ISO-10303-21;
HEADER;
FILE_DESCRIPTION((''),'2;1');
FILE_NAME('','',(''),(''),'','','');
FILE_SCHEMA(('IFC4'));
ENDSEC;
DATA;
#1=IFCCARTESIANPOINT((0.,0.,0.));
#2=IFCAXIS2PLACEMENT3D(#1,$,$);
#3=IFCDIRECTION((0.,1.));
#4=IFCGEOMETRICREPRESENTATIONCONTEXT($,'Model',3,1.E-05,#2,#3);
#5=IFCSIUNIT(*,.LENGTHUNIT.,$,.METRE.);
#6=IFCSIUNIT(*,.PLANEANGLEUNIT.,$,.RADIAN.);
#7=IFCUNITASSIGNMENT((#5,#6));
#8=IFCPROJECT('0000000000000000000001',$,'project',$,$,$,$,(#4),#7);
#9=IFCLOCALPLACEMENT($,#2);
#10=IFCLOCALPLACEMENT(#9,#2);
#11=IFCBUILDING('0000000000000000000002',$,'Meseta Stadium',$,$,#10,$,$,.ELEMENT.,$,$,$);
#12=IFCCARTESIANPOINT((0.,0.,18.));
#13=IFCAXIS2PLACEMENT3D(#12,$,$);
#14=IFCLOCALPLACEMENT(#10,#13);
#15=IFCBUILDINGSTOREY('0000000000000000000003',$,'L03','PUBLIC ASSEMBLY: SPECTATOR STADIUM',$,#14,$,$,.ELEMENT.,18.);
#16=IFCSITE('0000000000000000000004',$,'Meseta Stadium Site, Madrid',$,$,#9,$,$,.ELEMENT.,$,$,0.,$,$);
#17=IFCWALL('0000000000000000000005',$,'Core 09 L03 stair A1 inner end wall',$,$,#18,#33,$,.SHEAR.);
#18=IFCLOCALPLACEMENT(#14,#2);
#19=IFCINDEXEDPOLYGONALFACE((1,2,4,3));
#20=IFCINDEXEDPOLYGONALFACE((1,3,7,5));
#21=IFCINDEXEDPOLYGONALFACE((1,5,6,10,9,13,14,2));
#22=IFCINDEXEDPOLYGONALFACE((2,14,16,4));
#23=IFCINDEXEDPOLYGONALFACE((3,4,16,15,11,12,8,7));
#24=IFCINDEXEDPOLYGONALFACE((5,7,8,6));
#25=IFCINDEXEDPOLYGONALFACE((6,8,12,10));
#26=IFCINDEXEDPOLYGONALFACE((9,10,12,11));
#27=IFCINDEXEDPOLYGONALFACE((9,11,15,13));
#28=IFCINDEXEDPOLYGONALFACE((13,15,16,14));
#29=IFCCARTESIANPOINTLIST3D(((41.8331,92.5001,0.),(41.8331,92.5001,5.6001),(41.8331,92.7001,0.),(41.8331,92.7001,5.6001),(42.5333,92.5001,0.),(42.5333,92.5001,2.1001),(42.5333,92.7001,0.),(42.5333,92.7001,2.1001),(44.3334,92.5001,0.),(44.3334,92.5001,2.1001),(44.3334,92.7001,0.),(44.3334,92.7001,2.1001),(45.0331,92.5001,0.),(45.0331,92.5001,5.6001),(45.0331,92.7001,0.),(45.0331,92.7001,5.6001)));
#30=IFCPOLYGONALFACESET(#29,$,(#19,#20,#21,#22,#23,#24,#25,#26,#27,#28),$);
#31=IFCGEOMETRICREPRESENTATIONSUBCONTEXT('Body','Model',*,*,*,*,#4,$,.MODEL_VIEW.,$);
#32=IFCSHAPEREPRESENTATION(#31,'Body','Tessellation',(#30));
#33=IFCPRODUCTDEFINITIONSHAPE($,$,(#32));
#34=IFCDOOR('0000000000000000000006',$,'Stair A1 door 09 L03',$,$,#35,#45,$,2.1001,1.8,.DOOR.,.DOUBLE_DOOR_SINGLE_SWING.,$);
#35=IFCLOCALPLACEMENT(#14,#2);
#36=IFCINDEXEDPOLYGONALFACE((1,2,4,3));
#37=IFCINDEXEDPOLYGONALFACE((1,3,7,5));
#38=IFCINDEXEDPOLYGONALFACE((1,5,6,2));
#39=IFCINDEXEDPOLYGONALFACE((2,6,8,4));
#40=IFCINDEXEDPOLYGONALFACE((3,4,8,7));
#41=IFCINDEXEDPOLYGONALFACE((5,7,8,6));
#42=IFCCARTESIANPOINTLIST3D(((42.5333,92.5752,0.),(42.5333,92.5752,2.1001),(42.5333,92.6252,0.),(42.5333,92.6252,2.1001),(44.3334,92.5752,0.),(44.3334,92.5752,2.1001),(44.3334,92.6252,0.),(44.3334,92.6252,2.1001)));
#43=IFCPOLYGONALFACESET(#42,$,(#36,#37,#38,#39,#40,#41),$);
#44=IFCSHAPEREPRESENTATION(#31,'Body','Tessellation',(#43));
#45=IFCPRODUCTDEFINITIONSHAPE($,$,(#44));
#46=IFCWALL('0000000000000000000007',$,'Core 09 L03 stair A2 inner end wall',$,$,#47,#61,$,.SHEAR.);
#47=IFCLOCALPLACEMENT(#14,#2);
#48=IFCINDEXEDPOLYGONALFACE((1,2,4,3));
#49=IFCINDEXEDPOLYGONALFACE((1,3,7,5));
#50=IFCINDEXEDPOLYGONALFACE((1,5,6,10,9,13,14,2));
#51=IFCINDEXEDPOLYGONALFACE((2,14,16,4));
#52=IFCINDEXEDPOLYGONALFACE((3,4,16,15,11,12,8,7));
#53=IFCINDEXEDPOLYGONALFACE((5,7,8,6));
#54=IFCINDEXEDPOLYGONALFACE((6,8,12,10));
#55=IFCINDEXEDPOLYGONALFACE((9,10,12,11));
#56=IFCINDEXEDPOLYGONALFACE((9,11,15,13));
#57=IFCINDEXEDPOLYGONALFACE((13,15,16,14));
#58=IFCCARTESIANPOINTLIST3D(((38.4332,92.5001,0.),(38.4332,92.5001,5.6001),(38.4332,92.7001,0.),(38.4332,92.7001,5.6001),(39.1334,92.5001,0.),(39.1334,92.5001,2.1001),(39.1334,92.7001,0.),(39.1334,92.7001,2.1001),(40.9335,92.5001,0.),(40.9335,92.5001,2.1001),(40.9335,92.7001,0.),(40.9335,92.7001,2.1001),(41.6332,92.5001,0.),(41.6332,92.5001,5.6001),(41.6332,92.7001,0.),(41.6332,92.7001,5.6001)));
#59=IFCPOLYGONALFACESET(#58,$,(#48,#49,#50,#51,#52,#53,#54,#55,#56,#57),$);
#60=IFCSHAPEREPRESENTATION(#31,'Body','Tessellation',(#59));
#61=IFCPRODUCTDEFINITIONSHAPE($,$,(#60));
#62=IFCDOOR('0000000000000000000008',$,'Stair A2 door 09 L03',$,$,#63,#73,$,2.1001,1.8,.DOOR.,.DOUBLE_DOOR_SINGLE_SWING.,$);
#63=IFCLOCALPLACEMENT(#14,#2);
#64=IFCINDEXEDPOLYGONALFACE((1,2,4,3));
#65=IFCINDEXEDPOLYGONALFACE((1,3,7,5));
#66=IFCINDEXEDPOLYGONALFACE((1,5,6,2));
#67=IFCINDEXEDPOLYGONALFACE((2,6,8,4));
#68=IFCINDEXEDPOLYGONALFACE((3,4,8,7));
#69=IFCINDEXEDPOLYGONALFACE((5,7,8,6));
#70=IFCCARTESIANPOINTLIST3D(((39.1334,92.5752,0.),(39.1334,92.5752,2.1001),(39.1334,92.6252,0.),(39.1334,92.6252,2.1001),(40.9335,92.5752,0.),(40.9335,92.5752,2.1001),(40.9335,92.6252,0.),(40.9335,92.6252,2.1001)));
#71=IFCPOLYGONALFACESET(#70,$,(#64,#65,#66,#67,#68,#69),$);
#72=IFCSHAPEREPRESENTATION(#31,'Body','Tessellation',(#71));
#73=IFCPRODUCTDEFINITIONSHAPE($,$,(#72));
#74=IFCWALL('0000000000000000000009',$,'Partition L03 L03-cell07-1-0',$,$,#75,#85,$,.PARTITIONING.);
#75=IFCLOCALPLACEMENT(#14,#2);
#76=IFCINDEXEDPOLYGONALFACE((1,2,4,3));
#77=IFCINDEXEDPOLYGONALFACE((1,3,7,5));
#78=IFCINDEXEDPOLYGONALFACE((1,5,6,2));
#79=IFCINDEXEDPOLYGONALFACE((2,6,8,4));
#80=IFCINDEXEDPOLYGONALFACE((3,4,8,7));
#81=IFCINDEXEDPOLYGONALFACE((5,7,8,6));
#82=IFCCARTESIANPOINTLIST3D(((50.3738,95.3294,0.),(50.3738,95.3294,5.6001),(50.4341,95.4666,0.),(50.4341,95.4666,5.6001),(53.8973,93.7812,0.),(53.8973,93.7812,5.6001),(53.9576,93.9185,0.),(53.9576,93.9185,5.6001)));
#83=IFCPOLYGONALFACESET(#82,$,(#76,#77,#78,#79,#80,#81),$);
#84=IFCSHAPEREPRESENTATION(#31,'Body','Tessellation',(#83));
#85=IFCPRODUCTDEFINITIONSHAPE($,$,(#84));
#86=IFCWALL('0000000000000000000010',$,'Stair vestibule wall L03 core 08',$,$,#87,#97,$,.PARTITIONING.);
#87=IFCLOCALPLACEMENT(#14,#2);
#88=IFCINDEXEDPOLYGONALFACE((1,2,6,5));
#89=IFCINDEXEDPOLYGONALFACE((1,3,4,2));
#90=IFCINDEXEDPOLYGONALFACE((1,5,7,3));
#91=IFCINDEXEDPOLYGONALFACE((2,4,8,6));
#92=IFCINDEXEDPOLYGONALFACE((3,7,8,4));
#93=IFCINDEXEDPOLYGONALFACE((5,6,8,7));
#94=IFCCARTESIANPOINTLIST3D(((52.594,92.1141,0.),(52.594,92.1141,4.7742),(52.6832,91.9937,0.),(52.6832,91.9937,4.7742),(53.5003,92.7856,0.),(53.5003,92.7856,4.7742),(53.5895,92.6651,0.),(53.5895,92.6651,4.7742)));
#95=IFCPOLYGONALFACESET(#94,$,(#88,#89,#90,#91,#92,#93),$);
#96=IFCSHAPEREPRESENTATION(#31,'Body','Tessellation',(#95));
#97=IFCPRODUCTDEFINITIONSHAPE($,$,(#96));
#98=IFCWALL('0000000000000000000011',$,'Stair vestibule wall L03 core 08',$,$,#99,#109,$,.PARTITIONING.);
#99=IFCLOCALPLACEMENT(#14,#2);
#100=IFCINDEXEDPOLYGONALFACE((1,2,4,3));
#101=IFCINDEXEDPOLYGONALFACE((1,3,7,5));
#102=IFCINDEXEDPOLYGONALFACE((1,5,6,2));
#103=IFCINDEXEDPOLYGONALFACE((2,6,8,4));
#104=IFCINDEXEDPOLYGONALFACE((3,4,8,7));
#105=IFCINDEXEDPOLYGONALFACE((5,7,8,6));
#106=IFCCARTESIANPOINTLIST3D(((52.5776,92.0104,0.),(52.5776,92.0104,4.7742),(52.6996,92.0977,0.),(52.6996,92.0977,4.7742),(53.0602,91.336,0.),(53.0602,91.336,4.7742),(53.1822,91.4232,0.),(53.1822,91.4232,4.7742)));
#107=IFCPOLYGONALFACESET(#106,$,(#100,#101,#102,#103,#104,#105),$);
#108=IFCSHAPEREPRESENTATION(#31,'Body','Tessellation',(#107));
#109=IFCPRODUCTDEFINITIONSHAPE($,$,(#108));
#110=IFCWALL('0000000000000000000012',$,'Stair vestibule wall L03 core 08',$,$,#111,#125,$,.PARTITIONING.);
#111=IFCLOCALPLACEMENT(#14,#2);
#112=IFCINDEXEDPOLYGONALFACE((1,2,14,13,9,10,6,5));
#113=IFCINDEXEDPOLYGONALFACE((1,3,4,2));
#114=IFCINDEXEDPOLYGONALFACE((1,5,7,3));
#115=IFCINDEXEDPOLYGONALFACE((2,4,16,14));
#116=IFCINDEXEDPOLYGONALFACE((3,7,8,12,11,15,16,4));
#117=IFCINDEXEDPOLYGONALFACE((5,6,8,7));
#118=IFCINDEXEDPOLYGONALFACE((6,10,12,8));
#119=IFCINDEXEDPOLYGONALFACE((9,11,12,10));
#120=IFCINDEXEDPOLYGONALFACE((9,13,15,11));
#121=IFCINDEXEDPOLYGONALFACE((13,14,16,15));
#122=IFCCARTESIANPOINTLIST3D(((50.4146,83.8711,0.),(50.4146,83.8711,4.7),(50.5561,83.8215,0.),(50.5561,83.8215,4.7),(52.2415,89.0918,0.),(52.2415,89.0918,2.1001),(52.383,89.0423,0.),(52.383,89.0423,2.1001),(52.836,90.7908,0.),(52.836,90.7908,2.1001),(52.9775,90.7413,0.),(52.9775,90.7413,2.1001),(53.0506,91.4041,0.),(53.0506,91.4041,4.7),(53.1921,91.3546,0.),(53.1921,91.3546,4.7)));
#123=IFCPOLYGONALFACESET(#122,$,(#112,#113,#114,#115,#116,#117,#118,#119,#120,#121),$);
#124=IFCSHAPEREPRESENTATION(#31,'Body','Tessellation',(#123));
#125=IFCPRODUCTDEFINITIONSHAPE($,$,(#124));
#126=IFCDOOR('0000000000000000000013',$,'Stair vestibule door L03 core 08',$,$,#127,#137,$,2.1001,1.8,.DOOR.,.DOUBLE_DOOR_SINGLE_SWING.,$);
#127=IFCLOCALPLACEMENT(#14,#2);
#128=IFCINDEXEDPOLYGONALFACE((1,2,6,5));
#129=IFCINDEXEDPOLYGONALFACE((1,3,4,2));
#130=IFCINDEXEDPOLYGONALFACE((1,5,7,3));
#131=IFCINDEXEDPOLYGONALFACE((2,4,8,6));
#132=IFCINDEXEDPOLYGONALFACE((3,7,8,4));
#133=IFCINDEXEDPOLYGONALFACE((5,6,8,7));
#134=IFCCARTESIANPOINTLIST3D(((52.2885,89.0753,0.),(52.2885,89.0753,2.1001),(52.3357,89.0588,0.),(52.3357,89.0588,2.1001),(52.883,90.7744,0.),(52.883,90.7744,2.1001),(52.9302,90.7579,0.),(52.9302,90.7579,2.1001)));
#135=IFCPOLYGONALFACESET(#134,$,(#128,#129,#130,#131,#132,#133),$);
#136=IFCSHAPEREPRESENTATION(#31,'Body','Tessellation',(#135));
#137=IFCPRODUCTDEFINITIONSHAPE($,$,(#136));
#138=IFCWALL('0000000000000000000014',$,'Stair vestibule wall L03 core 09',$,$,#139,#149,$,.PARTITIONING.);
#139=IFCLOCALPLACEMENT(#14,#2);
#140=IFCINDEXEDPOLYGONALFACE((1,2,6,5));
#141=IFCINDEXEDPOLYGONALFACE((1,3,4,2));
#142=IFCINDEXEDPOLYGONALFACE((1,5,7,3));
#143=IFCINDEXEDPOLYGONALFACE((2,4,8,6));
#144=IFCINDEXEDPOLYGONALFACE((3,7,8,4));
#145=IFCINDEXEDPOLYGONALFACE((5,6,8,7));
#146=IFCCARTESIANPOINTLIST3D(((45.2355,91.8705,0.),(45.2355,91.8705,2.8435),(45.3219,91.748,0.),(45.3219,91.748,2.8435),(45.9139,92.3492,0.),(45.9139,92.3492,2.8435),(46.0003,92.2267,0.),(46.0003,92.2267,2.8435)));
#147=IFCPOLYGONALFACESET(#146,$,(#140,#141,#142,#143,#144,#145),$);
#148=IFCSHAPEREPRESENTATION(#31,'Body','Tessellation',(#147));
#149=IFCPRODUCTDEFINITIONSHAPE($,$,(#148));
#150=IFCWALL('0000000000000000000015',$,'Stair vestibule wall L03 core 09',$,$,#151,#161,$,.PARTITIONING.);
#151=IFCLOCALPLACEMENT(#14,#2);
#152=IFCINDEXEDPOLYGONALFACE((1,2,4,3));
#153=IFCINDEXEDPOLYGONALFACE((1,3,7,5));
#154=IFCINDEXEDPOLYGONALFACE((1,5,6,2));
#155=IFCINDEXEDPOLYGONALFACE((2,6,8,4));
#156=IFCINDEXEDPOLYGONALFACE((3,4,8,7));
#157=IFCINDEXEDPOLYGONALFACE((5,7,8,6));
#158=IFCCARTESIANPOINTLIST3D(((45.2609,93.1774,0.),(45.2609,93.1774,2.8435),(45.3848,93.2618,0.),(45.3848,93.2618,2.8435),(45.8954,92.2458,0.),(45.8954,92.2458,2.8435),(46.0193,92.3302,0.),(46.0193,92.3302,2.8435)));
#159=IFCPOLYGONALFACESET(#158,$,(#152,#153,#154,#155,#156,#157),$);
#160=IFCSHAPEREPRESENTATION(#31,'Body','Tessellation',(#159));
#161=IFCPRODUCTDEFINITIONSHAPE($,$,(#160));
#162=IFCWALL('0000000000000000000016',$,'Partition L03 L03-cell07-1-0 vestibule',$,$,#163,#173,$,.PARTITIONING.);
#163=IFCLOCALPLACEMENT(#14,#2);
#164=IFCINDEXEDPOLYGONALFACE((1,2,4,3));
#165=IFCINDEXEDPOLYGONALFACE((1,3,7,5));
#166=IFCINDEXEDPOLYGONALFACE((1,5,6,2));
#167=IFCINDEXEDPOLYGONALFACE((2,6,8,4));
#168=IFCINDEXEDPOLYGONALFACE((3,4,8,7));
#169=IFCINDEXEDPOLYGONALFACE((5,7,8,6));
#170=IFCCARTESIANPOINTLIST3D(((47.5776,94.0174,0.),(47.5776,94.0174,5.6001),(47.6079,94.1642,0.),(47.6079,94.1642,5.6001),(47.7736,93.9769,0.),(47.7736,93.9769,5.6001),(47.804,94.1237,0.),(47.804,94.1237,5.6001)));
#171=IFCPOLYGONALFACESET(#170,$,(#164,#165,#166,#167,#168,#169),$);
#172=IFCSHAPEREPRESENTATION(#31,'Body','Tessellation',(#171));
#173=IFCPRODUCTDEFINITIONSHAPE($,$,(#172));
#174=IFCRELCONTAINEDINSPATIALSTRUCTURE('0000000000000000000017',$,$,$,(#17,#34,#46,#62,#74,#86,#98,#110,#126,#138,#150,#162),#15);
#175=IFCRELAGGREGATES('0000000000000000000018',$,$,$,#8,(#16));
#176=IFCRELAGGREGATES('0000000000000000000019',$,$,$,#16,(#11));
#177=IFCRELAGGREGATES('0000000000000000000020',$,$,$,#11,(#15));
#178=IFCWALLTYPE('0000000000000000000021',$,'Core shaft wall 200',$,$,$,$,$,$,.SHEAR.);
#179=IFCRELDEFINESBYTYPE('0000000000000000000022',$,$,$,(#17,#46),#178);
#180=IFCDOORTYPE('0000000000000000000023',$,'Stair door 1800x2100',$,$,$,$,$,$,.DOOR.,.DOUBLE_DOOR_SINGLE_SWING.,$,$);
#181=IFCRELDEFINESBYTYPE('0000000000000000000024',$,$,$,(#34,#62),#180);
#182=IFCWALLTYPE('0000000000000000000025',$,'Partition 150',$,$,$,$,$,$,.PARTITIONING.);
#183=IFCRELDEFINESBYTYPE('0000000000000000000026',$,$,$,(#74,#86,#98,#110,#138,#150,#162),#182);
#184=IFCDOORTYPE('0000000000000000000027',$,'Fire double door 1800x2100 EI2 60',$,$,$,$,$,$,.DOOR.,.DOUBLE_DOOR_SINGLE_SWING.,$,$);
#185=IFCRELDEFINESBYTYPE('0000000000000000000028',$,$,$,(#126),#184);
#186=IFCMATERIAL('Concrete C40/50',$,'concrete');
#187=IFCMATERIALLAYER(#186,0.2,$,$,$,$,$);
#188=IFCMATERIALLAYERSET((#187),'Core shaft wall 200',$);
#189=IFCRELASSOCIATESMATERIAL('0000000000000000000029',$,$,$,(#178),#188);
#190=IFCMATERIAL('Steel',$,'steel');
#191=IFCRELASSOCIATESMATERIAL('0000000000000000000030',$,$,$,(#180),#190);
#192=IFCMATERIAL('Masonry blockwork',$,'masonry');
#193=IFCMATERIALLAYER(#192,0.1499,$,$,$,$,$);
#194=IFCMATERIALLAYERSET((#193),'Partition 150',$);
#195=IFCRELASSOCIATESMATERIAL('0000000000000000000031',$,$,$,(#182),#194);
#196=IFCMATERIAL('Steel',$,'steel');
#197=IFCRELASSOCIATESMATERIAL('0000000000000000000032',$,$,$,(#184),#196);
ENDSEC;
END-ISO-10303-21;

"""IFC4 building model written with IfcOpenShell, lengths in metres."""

from ifc_helpers import new_model, si_unit, direction, frame, frame_2d, origin, place, context, subcontext, project, spatial, rectangle, extrude, material, layer, layer_set, type_object, element, fill, save


model = new_model("IFC4")

# Units and contexts
model_context = context("Model", 3, precision=1e-05, world=origin(), true_north=direction((0.0, 1.0)))
body_context = subcontext(model_context, "Body", "Model", "MODEL_VIEW")
ifc_project = project(units=[si_unit("LENGTHUNIT", "METRE"), si_unit("PLANEANGLEUNIT", "RADIAN")], contexts=[model_context])

# Site, building, storey
site_placement = place(None, origin())
site = spatial("IfcSite", under=ifc_project, at=site_placement, Name="Meseta Stadium Site, Madrid", CompositionType="ELEMENT", RefElevation=0.0)
building_placement = place(site_placement, origin())
building = spatial("IfcBuilding", under=site, at=building_placement, Name="Meseta Stadium", CompositionType="ELEMENT")
storey_placement = place(building_placement, frame((0.0, 0.0, 18.0)))
storey = spatial("IfcBuildingStorey", under=building, at=storey_placement, Name="L03", Description="PUBLIC ASSEMBLY: SPECTATOR STADIUM", CompositionType="ELEMENT", Elevation=18.0)

# Walls, openings, doors
ifc_material_1 = material(Name="Concrete C40/50", Category="concrete")
ifc_layer_1 = layer(ifc_material_1, 0.2)
ifc_layer_set_1 = layer_set([ifc_layer_1], Name="Core shaft wall 200")
wall_type_1 = type_object("IfcWallType", Name="Core shaft wall 200", PredefinedType="SHEAR", material=ifc_layer_set_1)
wall_1_placement = place(storey_placement, frame((45.0332, 92.6001, 0.0), z_axis=(0.0, 0.0, 1.0), x_axis=(-1.0, 0.0, 0.0)))
wall_1 = element("IfcWall", 1, at=wall_1_placement, inside=storey, type_object=wall_type_1, Name="Core 09 L03 stair A1 inner end wall", PredefinedType="SHEAR", context=body_context, shape_type="SweptSolid", body=[
    extrude(rectangle(XDim=3.2, YDim=0.2, at=frame_2d((1.6001, 0.0))), origin(), (0.0, 0.0, 1.0), 5.6001),
])
opening_1_placement = place(wall_1_placement, frame((0.7, 0.0, 0.0)))
opening_1 = element("IfcOpeningElement", 2, at=opening_1_placement, cuts=wall_1, PredefinedType="OPENING", context=body_context, shape_type="SweptSolid", body=[
    extrude(rectangle(XDim=1.8, YDim=2.1001, at=frame_2d((0.8999, 1.05))), frame((0.0, 0.1099, 0.0), z_axis=(0.0, -1.0, 0.0), x_axis=(1.0, 0.0, 0.0)), (0.0, 0.0, 1.0), 0.22),
])
ifc_material_2 = material(Name="Steel", Category="steel")
door_type_1 = type_object("IfcDoorType", Name="Stair door 1800x2100", OperationType="DOUBLE_DOOR_SINGLE_SWING", PredefinedType="DOOR", material=ifc_material_2)
door_1_placement = place(opening_1_placement, origin())
door_1 = element("IfcDoor", 3, at=door_1_placement, inside=storey, type_object=door_type_1, Name="Stair A1 door 09 L03", OperationType="DOUBLE_DOOR_SINGLE_SWING", OverallHeight=2.1001, OverallWidth=1.8, PredefinedType="DOOR", context=body_context, shape_type="SweptSolid", body=[
    extrude(rectangle(XDim=1.8, YDim=2.1001, at=frame_2d((0.8999, 1.05))), frame((0.0, 0.0249, 0.0), z_axis=(0.0, -1.0, 0.0), x_axis=(1.0, 0.0, 0.0)), (0.0, 0.0, 1.0), 0.05),
])
fill(opening_1, door_1)
wall_2_placement = place(storey_placement, frame((41.6333, 92.6001, 0.0), z_axis=(0.0, 0.0, 1.0), x_axis=(-1.0, 0.0, 0.0)))
wall_2 = element("IfcWall", 4, at=wall_2_placement, inside=storey, type_object=wall_type_1, Name="Core 09 L03 stair A2 inner end wall", PredefinedType="SHEAR", context=body_context, shape_type="SweptSolid", body=[
    extrude(rectangle(XDim=3.2, YDim=0.2, at=frame_2d((1.6001, 0.0))), origin(), (0.0, 0.0, 1.0), 5.6001),
])
opening_2_placement = place(wall_2_placement, frame((0.7, 0.0, 0.0)))
opening_2 = element("IfcOpeningElement", 5, at=opening_2_placement, cuts=wall_2, PredefinedType="OPENING", context=body_context, shape_type="SweptSolid", body=[
    extrude(rectangle(XDim=1.8, YDim=2.1001, at=frame_2d((0.8999, 1.05))), frame((0.0, 0.1099, 0.0), z_axis=(0.0, -1.0, 0.0), x_axis=(1.0, 0.0, 0.0)), (0.0, 0.0, 1.0), 0.22),
])
door_2_placement = place(opening_2_placement, origin())
door_2 = element("IfcDoor", 6, at=door_2_placement, inside=storey, type_object=door_type_1, Name="Stair A2 door 09 L03", OperationType="DOUBLE_DOOR_SINGLE_SWING", OverallHeight=2.1001, OverallWidth=1.8, PredefinedType="DOOR", context=body_context, shape_type="SweptSolid", body=[
    extrude(rectangle(XDim=1.8, YDim=2.1001, at=frame_2d((0.8999, 1.05))), frame((0.0, 0.0249, 0.0), z_axis=(0.0, -1.0, 0.0), x_axis=(1.0, 0.0, 0.0)), (0.0, 0.0, 1.0), 0.05),
])
fill(opening_2, door_2)

# Walls
ifc_material_3 = material(Name="Masonry blockwork", Category="masonry")
ifc_layer_2 = layer(ifc_material_3, 0.1499)
ifc_layer_set_2 = layer_set([ifc_layer_2], Name="Partition 150")
wall_type_2 = type_object("IfcWallType", Name="Partition 150", PredefinedType="PARTITIONING", material=ifc_layer_set_2)
wall_3_placement = place(storey_placement, frame((53.9275, 93.8499, 0.0), z_axis=(0.0, 0.0, 1.0), x_axis=(-0.915527, 0.402256, 0.0)))
element("IfcWall", 7, at=wall_3_placement, inside=storey, type_object=wall_type_2, Name="Partition L03 L03-cell07-1-0", PredefinedType="PARTITIONING", context=body_context, shape_type="SweptSolid", body=[
    extrude(rectangle(XDim=3.8486, YDim=0.1499, at=frame_2d((1.9243, 0.0))), origin(), (0.0, 0.0, 1.0), 5.6001),
])
wall_4_placement = place(storey_placement, frame((53.5449, 92.7253, 0.0), z_axis=(0.0, 0.0, 1.0), x_axis=(-0.803519, -0.595279, 0.0)))
element("IfcWall", 8, at=wall_4_placement, inside=storey, type_object=wall_type_2, Name="Stair vestibule wall L03 core 08", PredefinedType="PARTITIONING", context=body_context, shape_type="SweptSolid", body=[
    extrude(rectangle(XDim=1.1279, YDim=0.1499, at=frame_2d((0.564, 0.0))), origin(), (0.0, 0.0, 1.0), 4.7742),
])
wall_5_placement = place(storey_placement, frame((52.6387, 92.054, 0.0), z_axis=(0.0, 0.0, 1.0), x_axis=(0.581906, -0.813256, 0.0)))
element("IfcWall", 9, at=wall_5_placement, inside=storey, type_object=wall_type_2, Name="Stair vestibule wall L03 core 08", PredefinedType="PARTITIONING", context=body_context, shape_type="SweptSolid", body=[
    extrude(rectangle(XDim=0.8293, YDim=0.1499, at=frame_2d((0.4146, 0.0))), origin(), (0.0, 0.0, 1.0), 4.7742),
])

# Wall, opening, door
wall_6_placement = place(storey_placement, frame((53.1213, 91.3794, 0.0), z_axis=(0.0, 0.0, 1.0), x_axis=(-0.33028, -0.943883, 0.0)))
wall_6 = element("IfcWall", 10, at=wall_6_placement, inside=storey, type_object=wall_type_2, Name="Stair vestibule wall L03 core 08", PredefinedType="PARTITIONING", context=body_context, shape_type="SweptSolid", body=[
    extrude(rectangle(XDim=7.981, YDim=0.1499, at=frame_2d((3.9905, 0.0))), origin(), (0.0, 0.0, 1.0), 4.7),
])
opening_3_placement = place(wall_6_placement, frame((0.6499, 0.0, 0.0)))
opening_3 = element("IfcOpeningElement", 11, at=opening_3_placement, cuts=wall_6, PredefinedType="OPENING", context=body_context, shape_type="SweptSolid", body=[
    extrude(rectangle(XDim=1.8, YDim=2.1001, at=frame_2d((0.8999, 1.05))), frame((0.0, 0.085, 0.0), z_axis=(0.0, -1.0, 0.0), x_axis=(1.0, 0.0, 0.0)), (0.0, 0.0, 1.0), 0.1699),
])
ifc_material_4 = material(Name="Steel", Category="steel")
door_type_2 = type_object("IfcDoorType", Name="Fire double door 1800x2100 EI2 60", OperationType="DOUBLE_DOOR_SINGLE_SWING", PredefinedType="DOOR", material=ifc_material_4)
door_3_placement = place(opening_3_placement, origin())
door_3 = element("IfcDoor", 12, at=door_3_placement, inside=storey, type_object=door_type_2, Name="Stair vestibule door L03 core 08", OperationType="DOUBLE_DOOR_SINGLE_SWING", OverallHeight=2.1001, OverallWidth=1.8, PredefinedType="DOOR", context=body_context, shape_type="SweptSolid", body=[
    extrude(rectangle(XDim=1.8, YDim=2.1001, at=frame_2d((0.8999, 1.05))), frame((0.0, 0.0249, 0.0), z_axis=(0.0, -1.0, 0.0), x_axis=(1.0, 0.0, 0.0)), (0.0, 0.0, 1.0), 0.05),
])
fill(opening_3, door_3)

# Walls
wall_7_placement = place(storey_placement, frame((45.2788, 91.8093, 0.0), z_axis=(0.0, 0.0, 1.0), x_axis=(0.817057, 0.576556, 0.0)))
element("IfcWall", 13, at=wall_7_placement, inside=storey, type_object=wall_type_2, Name="Stair vestibule wall L03 core 09", PredefinedType="PARTITIONING", context=body_context, shape_type="SweptSolid", body=[
    extrude(rectangle(XDim=0.8303, YDim=0.1499, at=frame_2d((0.415, 0.0))), origin(), (0.0, 0.0, 1.0), 2.8435),
])
wall_8_placement = place(storey_placement, frame((45.9573, 92.2881, 0.0), z_axis=(0.0, 0.0, 1.0), x_axis=(-0.56292, 0.826511, 0.0)))
element("IfcWall", 14, at=wall_8_placement, inside=storey, type_object=wall_type_2, Name="Stair vestibule wall L03 core 09", PredefinedType="PARTITIONING", context=body_context, shape_type="SweptSolid", body=[
    extrude(rectangle(XDim=1.1272, YDim=0.1499, at=frame_2d((0.5635, 0.0))), origin(), (0.0, 0.0, 1.0), 2.8435),
])
wall_9_placement = place(storey_placement, frame((47.7888, 94.0503, 0.0), z_axis=(0.0, 0.0, 1.0), x_axis=(-0.979294, 0.202444, 0.0)))
element("IfcWall", 15, at=wall_9_placement, inside=storey, type_object=wall_type_2, Name="Partition L03 L03-cell07-1-0 vestibule", PredefinedType="PARTITIONING", context=body_context, shape_type="SweptSolid", body=[
    extrude(rectangle(XDim=0.2002, YDim=0.1499, at=frame_2d((0.1001, 0.0))), origin(), (0.0, 0.0, 1.0), 5.6001),
])

save(model, "model.ifc")
